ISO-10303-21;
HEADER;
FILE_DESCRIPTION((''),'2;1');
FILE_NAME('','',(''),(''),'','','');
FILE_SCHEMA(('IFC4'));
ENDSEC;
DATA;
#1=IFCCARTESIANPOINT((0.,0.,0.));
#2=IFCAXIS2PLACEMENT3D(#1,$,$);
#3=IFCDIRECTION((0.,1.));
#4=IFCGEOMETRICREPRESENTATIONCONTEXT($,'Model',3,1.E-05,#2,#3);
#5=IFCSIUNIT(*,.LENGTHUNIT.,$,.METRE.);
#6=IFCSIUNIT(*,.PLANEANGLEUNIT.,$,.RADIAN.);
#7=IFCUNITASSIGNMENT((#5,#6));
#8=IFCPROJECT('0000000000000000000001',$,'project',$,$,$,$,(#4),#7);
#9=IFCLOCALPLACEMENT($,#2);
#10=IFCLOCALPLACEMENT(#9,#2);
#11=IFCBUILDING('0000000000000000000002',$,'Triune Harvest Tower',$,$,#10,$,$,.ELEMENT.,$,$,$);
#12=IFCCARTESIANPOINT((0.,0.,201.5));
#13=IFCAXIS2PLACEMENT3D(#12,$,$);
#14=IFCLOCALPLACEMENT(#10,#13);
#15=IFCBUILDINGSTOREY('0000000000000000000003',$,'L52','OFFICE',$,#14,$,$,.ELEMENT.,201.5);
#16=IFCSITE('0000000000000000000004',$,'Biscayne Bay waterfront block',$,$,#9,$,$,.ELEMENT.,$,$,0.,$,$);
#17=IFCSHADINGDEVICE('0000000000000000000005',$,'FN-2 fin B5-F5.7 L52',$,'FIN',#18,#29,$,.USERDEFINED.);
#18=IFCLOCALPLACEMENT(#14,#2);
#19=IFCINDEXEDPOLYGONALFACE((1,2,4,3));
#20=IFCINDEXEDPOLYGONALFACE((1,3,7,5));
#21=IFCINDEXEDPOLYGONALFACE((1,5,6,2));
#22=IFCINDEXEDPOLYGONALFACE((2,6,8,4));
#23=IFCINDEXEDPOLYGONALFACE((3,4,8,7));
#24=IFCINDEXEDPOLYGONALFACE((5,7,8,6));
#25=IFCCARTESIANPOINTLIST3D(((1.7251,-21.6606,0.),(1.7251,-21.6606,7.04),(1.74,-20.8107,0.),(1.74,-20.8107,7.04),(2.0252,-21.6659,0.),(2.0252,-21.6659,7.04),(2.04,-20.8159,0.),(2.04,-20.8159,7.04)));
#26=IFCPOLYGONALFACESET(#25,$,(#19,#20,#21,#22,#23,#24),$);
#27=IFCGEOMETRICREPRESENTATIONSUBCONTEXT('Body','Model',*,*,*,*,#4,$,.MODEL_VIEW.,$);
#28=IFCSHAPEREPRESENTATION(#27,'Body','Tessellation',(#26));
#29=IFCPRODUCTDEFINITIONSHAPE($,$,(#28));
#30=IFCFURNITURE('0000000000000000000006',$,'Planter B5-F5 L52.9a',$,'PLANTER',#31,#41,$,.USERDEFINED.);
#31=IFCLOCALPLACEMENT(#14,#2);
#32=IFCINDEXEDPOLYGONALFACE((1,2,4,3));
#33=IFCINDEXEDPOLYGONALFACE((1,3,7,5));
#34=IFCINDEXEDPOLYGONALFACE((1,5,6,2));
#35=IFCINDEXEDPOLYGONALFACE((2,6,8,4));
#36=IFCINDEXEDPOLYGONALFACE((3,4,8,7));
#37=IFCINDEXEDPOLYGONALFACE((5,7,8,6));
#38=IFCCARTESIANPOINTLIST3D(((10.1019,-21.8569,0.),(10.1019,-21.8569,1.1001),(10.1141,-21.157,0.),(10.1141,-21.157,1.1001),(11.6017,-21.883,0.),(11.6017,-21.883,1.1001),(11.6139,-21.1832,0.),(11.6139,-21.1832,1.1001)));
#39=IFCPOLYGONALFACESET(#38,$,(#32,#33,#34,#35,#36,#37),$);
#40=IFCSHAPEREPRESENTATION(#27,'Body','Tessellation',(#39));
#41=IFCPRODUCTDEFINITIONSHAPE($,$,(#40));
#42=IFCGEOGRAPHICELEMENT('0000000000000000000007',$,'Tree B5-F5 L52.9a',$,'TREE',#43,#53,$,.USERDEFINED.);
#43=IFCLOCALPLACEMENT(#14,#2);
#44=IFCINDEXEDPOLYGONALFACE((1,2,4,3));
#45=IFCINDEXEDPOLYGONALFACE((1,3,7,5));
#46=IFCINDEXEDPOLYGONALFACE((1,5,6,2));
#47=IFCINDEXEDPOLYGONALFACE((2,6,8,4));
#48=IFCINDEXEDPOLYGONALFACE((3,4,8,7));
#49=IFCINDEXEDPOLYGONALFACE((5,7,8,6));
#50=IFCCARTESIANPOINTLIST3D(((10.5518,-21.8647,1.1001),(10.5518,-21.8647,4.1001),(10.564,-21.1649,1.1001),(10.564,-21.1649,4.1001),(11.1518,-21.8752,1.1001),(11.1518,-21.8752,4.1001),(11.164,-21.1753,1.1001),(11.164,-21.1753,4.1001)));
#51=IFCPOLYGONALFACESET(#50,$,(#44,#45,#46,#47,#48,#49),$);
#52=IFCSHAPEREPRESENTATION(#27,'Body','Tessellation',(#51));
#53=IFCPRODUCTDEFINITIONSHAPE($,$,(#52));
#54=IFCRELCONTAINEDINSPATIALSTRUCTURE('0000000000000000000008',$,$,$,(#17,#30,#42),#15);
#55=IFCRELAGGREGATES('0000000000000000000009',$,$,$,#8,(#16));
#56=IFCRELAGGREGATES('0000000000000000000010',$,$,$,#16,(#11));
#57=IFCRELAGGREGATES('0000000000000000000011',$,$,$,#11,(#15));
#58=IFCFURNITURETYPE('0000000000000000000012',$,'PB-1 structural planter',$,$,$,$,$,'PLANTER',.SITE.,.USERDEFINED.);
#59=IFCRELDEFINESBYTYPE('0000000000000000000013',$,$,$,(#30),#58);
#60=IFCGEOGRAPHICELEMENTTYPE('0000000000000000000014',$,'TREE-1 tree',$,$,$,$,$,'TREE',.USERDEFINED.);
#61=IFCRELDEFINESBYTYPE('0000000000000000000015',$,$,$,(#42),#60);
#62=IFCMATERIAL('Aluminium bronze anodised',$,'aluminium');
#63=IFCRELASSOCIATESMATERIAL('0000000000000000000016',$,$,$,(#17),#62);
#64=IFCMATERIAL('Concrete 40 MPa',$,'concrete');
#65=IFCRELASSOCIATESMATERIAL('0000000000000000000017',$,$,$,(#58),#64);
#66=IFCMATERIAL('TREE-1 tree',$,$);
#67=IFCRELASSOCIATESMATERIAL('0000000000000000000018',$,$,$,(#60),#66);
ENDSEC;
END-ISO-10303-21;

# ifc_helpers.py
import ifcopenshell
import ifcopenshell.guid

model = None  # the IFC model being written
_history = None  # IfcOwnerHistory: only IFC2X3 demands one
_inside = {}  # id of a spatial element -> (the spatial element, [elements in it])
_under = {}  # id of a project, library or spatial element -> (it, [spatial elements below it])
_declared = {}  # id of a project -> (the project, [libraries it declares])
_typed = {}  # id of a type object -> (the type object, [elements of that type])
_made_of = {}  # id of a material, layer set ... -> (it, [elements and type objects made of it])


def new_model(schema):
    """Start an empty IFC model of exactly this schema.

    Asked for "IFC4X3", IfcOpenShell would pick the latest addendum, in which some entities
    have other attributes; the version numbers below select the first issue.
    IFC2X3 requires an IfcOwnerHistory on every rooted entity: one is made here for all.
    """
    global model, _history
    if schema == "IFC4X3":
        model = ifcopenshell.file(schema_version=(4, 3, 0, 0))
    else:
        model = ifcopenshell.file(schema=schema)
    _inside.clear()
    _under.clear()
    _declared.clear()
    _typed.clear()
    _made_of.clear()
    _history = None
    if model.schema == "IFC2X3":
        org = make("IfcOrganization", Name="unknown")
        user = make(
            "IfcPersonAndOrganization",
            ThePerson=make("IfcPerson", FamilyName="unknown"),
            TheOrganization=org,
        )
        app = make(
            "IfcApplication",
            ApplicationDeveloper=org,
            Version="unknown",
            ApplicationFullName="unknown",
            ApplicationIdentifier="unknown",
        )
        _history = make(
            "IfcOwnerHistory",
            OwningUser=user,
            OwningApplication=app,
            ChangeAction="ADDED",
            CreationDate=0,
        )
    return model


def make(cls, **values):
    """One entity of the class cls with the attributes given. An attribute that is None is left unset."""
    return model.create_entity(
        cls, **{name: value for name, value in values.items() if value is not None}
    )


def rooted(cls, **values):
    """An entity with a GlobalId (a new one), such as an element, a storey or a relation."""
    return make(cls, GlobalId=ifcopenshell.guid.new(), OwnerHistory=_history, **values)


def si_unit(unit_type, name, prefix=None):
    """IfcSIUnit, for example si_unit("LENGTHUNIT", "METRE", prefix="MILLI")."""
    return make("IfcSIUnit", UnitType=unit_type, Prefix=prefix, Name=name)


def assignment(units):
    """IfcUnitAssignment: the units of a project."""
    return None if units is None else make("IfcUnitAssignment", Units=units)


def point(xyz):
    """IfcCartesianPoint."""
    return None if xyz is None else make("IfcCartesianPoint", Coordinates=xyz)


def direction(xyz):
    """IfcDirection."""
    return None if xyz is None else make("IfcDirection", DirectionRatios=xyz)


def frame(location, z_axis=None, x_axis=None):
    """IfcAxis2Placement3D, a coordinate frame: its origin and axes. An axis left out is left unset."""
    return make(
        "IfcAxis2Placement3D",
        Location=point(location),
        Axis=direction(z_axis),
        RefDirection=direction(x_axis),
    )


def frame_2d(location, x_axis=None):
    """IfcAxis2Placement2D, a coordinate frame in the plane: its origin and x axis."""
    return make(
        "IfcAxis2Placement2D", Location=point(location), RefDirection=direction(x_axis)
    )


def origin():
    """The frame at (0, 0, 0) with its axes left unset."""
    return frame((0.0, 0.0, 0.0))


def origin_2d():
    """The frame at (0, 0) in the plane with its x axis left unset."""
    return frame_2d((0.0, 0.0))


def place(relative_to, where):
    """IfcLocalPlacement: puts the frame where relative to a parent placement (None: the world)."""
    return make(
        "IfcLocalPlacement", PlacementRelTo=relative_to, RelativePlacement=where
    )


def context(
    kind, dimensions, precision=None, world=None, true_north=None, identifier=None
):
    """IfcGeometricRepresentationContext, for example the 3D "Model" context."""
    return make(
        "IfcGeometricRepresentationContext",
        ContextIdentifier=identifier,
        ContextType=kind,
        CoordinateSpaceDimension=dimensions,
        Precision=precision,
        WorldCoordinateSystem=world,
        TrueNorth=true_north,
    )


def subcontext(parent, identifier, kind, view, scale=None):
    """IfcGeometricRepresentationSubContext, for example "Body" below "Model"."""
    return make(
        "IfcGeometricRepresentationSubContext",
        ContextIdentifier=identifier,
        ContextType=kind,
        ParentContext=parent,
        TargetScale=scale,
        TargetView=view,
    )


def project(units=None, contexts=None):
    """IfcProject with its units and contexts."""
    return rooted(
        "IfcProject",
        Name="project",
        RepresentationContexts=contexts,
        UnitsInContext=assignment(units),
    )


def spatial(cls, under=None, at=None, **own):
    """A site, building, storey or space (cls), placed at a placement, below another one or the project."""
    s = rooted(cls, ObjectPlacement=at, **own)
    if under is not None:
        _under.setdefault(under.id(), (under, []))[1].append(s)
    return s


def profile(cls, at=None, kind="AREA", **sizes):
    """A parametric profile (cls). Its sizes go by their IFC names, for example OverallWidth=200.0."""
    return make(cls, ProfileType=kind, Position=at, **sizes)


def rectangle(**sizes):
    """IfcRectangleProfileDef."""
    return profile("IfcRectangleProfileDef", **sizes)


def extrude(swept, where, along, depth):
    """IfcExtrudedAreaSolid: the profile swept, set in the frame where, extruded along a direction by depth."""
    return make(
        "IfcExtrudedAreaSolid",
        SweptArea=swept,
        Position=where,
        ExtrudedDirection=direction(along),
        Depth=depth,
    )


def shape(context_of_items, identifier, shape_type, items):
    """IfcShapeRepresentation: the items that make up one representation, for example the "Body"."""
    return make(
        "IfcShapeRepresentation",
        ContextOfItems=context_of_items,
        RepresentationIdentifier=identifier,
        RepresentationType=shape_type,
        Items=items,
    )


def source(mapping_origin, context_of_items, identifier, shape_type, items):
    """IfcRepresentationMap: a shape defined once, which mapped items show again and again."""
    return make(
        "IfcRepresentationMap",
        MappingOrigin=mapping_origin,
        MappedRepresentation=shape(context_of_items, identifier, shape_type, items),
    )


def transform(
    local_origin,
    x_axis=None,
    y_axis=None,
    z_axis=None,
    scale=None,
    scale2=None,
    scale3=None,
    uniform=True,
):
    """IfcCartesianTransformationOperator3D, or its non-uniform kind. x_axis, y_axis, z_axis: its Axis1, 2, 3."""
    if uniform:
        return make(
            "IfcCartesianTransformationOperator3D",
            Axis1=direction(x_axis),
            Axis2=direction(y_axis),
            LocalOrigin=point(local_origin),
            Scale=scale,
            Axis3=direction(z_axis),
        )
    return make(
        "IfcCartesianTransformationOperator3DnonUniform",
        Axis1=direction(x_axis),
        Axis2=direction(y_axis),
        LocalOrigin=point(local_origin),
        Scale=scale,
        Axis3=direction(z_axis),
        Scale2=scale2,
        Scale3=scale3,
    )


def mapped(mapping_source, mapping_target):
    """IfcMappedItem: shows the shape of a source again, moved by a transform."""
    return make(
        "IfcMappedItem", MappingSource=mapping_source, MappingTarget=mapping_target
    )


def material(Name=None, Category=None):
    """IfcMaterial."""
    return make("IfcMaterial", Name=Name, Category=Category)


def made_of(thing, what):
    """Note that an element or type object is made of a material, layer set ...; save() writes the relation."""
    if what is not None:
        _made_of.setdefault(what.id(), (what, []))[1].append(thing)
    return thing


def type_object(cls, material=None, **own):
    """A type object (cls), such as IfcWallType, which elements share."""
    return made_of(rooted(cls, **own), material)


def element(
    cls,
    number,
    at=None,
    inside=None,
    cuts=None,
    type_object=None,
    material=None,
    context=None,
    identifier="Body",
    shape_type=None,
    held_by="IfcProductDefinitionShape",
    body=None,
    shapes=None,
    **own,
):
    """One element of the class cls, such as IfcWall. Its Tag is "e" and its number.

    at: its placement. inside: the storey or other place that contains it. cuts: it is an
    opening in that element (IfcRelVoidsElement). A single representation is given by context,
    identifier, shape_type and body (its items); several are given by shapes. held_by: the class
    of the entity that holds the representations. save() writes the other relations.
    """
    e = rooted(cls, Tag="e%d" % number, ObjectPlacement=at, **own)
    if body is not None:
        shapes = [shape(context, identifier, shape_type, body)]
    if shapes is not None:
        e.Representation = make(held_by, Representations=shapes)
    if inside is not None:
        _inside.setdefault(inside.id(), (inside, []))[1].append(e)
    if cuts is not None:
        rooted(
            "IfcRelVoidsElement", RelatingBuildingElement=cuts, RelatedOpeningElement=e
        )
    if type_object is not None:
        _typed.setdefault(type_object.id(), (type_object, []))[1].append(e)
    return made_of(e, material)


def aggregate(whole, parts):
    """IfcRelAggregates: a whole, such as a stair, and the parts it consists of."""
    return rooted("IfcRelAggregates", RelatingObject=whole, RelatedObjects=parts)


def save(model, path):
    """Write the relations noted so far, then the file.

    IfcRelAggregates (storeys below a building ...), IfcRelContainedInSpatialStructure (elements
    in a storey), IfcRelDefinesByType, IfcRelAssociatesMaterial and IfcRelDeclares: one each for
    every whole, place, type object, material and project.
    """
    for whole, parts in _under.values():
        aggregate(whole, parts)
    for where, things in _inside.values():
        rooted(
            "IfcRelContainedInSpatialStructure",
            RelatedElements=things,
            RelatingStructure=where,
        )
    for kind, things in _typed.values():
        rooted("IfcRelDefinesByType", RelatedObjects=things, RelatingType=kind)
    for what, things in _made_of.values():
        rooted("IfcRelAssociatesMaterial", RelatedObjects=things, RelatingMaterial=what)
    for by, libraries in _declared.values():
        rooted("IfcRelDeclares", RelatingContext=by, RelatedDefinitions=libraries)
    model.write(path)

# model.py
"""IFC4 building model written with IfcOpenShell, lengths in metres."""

from ifc_helpers import new_model, si_unit, direction, frame, origin, origin_2d, place, context, subcontext, project, spatial, rectangle, extrude, source, transform, mapped, material, type_object, element, save


model = new_model("IFC4")

# Units and contexts
model_context = context("Model", 3, precision=1e-05, world=origin(), true_north=direction((0.0, 1.0)))
body_context = subcontext(model_context, "Body", "Model", "MODEL_VIEW")
ifc_project = project(units=[si_unit("LENGTHUNIT", "METRE"), si_unit("PLANEANGLEUNIT", "RADIAN")], contexts=[model_context])

# Site, building, storey
site_placement = place(None, origin())
site = spatial("IfcSite", under=ifc_project, at=site_placement, Name="Biscayne Bay waterfront block", CompositionType="ELEMENT", RefElevation=0.0)
building_placement = place(site_placement, origin())
building = spatial("IfcBuilding", under=site, at=building_placement, Name="Triune Harvest Tower", CompositionType="ELEMENT")
storey_placement = place(building_placement, frame((0.0, 0.0, 201.5)))
storey = spatial("IfcBuildingStorey", under=building, at=storey_placement, Name="L52", Description="OFFICE", CompositionType="ELEMENT", Elevation=201.5)

# Shared definitions
ifc_material_1 = material(Name="Aluminium bronze anodised", Category="aluminium")

# Shading device
shared_shape_1 = source(origin(), body_context, "Body", "SweptSolid", [
    extrude(rectangle(XDim=0.3, YDim=0.8501, at=origin_2d()), origin(), (0.0, 0.0, 1.0), 7.04),
])
shading_device_placement = place(storey_placement, frame((1.8826, -21.2383, 0.0), z_axis=(0.0, 0.0, 1.0), x_axis=(0.999848, -0.017452, 0.0)))
element("IfcShadingDevice", 1, at=shading_device_placement, inside=storey, material=ifc_material_1, Name="FN-2 fin B5-F5.7 L52", ObjectType="FIN", PredefinedType="USERDEFINED", context=body_context, shape_type="MappedRepresentation", body=[
    mapped(shared_shape_1, transform((0.0, 0.0, 0.0), scale=1.0)),
])

# Furniture
ifc_material_2 = material(Name="Concrete 40 MPa", Category="concrete")
furniture_type = type_object("IfcFurnitureType", Name="PB-1 structural planter", ElementType="PLANTER", AssemblyPlace="SITE", PredefinedType="USERDEFINED", material=ifc_material_2)
shared_shape_2 = source(origin(), body_context, "Body", "SweptSolid", [
    extrude(rectangle(XDim=1.5, YDim=0.7, at=origin_2d()), origin(), (0.0, 0.0, 1.0), 1.1001),
])
furniture_placement = place(storey_placement, frame((10.8579, -21.52, 0.0), z_axis=(0.0, 0.0, 1.0), x_axis=(0.999848, -0.017452, 0.0)))
element("IfcFurniture", 2, at=furniture_placement, inside=storey, type_object=furniture_type, Name="Planter B5-F5 L52.9a", ObjectType="PLANTER", PredefinedType="USERDEFINED", context=body_context, shape_type="MappedRepresentation", body=[
    mapped(shared_shape_2, transform((0.0, 0.0, 0.0), scale=1.0)),
])

# Geographic element
ifc_material_3 = material(Name="TREE-1 tree")
geographic_element_type = type_object("IfcGeographicElementType", Name="TREE-1 tree", ElementType="TREE", PredefinedType="USERDEFINED", material=ifc_material_3)
shared_shape_3 = source(origin(), body_context, "Body", "SweptSolid", [
    extrude(rectangle(XDim=0.6001, YDim=0.7, at=origin_2d()), origin(), (0.0, 0.0, 1.0), 3.0),
])
geographic_element_placement = place(storey_placement, frame((10.8579, -21.52, 1.1001), z_axis=(0.0, 0.0, 1.0), x_axis=(0.999848, -0.017452, 0.0)))
element("IfcGeographicElement", 3, at=geographic_element_placement, inside=storey, type_object=geographic_element_type, Name="Tree B5-F5 L52.9a", ObjectType="TREE", PredefinedType="USERDEFINED", context=body_context, shape_type="MappedRepresentation", body=[
    mapped(shared_shape_3, transform((0.0, 0.0, 0.0), scale=1.0)),
])

save(model, "model.ifc")
